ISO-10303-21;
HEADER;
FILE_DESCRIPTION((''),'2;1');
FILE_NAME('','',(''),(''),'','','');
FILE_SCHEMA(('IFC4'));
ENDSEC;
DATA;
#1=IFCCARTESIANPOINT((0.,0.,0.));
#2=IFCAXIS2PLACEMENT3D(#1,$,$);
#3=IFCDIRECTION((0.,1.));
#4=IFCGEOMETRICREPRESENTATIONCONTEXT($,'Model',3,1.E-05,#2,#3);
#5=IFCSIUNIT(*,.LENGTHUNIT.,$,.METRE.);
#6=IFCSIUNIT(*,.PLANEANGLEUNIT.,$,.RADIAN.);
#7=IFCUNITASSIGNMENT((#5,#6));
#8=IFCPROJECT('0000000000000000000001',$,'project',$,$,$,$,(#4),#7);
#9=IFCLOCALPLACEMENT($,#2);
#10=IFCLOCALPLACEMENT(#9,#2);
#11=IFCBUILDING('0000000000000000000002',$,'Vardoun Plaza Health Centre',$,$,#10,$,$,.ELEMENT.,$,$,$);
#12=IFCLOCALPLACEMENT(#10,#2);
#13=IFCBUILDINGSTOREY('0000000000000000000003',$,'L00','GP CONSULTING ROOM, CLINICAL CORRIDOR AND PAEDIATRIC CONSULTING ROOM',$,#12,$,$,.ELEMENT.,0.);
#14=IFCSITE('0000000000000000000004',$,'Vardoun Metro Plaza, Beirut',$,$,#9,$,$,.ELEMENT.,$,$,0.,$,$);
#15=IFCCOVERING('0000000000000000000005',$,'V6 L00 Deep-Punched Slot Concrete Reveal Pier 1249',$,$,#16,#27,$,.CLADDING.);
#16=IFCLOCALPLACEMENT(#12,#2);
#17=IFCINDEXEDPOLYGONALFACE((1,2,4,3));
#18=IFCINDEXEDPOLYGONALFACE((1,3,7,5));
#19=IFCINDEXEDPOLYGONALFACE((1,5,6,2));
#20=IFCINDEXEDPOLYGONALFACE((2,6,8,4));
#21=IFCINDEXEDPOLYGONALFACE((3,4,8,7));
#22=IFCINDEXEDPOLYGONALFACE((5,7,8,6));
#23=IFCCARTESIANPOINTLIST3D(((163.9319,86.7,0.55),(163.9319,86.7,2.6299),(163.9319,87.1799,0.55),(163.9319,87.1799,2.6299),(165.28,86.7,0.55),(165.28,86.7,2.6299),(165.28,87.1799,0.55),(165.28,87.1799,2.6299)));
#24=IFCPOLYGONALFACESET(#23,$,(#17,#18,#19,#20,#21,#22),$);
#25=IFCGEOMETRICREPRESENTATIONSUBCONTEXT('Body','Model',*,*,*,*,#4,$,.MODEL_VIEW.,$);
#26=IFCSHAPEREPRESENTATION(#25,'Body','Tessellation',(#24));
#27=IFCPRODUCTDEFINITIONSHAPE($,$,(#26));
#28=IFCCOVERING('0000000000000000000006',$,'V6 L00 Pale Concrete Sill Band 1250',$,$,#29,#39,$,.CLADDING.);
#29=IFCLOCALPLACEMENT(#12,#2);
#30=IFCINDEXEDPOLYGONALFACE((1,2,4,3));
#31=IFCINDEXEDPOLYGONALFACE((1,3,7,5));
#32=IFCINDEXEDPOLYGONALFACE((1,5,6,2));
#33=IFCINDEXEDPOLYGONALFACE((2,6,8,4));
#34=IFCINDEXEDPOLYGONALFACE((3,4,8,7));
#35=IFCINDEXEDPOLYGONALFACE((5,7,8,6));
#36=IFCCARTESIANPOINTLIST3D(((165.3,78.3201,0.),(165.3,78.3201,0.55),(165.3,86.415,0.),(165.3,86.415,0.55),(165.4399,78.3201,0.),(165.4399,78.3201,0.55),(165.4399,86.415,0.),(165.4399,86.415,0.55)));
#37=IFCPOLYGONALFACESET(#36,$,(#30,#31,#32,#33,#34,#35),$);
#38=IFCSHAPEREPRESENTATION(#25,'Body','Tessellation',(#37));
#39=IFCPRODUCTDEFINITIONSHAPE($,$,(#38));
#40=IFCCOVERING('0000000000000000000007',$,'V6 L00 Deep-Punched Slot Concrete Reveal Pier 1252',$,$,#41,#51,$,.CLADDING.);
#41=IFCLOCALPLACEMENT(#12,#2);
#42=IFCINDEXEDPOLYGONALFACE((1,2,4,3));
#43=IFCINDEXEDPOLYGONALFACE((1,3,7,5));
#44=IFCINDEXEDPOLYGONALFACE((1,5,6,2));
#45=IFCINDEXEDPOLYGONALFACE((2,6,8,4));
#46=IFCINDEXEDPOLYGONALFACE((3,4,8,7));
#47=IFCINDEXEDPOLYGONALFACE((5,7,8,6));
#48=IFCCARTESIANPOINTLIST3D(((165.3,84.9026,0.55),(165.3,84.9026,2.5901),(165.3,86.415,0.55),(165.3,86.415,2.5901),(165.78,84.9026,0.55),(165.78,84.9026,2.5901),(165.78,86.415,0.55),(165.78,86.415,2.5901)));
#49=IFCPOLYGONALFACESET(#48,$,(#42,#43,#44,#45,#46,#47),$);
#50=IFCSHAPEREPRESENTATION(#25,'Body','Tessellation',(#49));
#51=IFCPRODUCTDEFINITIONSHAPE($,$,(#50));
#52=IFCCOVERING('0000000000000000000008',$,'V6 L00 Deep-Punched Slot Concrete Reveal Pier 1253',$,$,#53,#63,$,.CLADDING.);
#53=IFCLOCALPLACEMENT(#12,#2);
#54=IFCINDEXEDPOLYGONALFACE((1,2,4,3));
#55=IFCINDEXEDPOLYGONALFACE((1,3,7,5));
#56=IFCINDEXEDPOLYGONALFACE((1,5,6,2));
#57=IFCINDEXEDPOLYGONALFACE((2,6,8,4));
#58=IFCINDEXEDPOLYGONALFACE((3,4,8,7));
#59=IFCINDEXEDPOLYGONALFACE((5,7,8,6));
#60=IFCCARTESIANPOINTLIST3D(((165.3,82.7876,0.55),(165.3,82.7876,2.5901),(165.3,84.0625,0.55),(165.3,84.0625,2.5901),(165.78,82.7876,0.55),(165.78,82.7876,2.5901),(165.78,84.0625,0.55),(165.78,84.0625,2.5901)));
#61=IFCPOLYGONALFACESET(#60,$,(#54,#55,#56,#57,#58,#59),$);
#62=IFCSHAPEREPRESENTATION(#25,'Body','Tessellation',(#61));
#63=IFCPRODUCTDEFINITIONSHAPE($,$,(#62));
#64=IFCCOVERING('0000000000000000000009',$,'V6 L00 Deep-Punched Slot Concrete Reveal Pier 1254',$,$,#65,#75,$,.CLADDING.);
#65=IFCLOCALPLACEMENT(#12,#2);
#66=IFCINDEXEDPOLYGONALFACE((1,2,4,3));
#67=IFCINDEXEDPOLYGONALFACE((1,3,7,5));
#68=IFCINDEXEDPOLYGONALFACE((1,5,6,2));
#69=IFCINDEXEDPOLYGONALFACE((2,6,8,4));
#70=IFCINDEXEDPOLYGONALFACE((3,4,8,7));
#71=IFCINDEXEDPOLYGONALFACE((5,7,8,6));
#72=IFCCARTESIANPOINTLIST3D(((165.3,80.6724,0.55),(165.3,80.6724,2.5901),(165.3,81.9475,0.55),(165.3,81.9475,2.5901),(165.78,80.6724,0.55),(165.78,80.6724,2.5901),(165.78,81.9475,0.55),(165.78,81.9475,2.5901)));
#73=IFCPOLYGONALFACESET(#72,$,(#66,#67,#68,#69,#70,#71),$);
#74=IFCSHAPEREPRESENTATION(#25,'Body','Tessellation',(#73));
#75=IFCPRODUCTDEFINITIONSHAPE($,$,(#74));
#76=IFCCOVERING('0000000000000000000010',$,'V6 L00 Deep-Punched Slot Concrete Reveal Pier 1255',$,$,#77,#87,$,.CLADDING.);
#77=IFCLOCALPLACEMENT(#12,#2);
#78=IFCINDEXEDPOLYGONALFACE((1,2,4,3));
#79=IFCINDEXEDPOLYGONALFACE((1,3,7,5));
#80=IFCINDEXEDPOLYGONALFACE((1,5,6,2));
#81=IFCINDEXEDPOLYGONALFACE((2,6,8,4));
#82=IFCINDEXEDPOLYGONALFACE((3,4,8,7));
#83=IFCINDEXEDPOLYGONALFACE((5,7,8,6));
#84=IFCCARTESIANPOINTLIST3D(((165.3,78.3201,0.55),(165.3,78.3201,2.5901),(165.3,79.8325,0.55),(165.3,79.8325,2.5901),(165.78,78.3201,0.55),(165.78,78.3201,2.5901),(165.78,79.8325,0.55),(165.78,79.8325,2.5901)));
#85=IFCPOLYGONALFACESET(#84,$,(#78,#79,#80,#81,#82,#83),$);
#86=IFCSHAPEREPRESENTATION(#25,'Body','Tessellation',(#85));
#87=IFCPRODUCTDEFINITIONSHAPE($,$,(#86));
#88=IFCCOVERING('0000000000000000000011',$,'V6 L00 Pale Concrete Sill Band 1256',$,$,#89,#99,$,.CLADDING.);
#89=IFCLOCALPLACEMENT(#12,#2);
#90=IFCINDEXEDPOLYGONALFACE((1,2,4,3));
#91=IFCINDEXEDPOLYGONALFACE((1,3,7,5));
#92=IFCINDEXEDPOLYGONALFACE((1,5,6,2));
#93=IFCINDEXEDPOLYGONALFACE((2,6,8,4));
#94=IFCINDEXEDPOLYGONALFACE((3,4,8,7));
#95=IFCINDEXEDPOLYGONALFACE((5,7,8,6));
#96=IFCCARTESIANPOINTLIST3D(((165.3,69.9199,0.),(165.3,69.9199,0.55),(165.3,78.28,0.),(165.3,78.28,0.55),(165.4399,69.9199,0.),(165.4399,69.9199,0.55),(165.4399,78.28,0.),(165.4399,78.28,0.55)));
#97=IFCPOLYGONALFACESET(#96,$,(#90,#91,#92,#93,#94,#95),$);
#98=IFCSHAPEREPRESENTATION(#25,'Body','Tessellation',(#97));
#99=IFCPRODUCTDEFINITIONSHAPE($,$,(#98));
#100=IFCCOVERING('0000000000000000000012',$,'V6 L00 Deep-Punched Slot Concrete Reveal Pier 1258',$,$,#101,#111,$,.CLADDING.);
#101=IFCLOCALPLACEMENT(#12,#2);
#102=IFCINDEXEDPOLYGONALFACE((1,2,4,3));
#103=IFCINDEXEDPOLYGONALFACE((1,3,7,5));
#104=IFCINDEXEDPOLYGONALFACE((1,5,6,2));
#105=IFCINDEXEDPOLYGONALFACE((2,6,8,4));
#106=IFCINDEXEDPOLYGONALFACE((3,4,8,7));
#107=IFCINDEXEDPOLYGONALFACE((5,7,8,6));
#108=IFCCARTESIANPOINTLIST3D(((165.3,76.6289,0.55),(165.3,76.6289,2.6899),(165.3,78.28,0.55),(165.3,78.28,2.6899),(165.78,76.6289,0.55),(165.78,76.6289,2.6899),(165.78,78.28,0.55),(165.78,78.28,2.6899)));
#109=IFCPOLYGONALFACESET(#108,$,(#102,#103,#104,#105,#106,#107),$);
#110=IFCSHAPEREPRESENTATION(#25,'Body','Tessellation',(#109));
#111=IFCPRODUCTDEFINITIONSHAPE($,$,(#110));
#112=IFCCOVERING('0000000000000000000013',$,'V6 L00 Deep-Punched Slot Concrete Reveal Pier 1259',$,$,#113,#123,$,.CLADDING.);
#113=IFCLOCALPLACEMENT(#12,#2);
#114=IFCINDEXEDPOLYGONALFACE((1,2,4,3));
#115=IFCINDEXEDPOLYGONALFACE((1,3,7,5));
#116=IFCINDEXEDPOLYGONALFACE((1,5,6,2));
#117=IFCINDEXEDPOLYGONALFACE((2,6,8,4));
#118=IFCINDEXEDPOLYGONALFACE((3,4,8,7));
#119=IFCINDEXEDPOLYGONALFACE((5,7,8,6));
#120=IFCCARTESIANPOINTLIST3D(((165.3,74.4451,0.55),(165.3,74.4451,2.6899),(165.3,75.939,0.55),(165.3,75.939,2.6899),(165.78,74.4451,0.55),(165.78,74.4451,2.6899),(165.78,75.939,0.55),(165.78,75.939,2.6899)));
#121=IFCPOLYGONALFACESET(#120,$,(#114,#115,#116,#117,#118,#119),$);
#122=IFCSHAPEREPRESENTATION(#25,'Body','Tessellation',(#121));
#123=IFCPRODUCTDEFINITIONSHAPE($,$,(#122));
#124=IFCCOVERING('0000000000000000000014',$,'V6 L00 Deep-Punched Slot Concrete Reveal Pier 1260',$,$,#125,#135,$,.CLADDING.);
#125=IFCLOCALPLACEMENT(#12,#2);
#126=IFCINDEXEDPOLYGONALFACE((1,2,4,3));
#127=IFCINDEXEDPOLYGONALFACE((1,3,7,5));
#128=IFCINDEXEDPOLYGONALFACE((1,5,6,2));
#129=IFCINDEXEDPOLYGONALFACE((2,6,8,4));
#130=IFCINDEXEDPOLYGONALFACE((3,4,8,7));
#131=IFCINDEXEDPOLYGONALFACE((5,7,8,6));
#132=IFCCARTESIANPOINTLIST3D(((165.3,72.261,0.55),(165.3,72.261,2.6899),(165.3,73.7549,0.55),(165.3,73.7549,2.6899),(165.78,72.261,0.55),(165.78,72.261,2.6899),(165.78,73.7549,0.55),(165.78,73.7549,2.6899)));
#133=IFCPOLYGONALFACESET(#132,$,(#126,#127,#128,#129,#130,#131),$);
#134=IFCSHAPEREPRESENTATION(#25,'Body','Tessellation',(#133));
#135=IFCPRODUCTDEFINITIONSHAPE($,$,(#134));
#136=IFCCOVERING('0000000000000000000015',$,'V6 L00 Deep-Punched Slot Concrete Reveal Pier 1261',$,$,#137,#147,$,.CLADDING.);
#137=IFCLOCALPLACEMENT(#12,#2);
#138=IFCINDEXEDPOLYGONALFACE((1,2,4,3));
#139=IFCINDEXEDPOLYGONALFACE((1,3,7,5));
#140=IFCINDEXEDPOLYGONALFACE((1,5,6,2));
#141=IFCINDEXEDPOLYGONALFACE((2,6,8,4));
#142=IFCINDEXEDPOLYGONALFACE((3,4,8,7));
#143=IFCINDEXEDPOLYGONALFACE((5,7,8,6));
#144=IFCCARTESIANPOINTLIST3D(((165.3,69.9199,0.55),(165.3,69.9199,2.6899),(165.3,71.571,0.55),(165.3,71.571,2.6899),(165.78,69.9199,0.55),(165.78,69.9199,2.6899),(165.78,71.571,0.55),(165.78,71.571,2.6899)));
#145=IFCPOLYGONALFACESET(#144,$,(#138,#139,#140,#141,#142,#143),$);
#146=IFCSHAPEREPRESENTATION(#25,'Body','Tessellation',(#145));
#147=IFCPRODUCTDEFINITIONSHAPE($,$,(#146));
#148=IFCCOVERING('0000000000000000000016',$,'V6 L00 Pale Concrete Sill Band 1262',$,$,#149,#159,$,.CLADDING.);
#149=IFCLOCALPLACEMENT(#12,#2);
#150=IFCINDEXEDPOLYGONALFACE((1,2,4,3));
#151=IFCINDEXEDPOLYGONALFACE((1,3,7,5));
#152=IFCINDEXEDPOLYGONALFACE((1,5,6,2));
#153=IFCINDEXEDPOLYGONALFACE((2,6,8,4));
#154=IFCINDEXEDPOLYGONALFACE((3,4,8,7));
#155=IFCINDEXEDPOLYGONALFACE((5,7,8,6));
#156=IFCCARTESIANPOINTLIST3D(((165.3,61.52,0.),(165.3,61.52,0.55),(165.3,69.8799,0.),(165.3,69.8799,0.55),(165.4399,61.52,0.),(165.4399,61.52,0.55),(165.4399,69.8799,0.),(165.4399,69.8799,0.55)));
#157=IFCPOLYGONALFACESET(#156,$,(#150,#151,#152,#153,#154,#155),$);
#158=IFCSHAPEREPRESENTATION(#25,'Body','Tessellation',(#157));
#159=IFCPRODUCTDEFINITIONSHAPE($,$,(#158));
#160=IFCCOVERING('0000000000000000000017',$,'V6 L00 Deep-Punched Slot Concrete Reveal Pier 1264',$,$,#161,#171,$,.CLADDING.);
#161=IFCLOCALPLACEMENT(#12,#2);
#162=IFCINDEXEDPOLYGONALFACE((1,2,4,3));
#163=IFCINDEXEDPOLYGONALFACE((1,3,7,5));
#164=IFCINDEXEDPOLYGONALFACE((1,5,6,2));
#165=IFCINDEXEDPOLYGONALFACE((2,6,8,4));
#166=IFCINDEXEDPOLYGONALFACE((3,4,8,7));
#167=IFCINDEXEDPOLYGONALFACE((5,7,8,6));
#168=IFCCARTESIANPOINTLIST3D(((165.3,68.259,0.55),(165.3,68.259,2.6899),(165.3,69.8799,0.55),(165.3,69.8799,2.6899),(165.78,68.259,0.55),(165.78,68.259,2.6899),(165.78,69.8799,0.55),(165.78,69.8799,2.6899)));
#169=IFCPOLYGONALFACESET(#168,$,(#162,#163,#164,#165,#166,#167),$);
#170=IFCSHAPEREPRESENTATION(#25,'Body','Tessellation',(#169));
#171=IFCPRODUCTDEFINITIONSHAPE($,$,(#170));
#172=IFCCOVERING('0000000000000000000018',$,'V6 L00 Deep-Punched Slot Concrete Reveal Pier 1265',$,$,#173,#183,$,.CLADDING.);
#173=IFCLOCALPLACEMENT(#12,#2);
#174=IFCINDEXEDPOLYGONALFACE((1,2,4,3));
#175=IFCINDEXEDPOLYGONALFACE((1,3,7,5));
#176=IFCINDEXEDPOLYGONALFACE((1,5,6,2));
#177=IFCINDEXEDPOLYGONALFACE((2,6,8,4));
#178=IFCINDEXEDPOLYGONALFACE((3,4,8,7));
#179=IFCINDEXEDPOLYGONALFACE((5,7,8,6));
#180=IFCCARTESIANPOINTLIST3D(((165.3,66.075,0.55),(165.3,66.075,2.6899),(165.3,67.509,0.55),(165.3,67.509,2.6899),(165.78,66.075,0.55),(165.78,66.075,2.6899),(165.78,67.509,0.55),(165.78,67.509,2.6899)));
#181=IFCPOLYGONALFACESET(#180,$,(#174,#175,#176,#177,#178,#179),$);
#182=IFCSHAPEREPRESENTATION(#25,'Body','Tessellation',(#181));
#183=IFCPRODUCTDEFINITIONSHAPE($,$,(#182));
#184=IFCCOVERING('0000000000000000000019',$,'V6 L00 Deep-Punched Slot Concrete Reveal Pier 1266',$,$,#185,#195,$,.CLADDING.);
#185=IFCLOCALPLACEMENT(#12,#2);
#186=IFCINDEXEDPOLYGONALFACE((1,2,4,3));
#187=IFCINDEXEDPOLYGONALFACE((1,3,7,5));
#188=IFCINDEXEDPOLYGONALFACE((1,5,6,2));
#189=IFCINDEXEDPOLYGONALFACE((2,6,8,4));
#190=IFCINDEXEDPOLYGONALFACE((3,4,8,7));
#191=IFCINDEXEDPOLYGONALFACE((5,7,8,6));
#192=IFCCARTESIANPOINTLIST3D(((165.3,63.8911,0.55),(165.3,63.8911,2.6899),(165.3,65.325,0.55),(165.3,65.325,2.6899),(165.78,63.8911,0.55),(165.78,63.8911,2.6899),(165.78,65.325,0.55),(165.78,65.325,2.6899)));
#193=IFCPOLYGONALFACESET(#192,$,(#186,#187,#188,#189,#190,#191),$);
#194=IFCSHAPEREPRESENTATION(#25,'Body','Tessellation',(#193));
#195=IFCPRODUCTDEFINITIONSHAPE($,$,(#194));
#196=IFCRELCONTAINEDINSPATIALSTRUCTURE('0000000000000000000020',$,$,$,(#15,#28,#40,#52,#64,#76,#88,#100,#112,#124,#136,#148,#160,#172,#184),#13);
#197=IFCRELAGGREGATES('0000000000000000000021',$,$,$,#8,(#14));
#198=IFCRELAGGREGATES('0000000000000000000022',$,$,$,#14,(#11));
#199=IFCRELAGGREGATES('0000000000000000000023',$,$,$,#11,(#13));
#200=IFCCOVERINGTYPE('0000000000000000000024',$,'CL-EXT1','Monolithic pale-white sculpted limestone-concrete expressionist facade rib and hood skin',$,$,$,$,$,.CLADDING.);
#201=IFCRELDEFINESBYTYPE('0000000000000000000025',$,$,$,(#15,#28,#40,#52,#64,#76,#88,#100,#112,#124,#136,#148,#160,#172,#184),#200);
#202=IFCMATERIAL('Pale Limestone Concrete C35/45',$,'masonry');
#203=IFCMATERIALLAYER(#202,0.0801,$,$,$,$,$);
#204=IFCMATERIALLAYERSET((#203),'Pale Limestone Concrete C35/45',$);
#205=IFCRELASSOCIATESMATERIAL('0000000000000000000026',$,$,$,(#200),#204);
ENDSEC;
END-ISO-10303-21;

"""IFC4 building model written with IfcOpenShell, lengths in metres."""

from ifc_helpers import new_model, si_unit, direction, frame, origin, place, context, subcontext, project, spatial, polyline, outline, extrude, material, layer, layer_set, type_object, element, save


model = new_model("IFC4")

# Units and contexts
model_context = context("Model", 3, precision=1e-05, world=origin(), true_north=direction((0.0, 1.0)))
body_context = subcontext(model_context, "Body", "Model", "MODEL_VIEW")
ifc_project = project(units=[si_unit("LENGTHUNIT", "METRE"), si_unit("PLANEANGLEUNIT", "RADIAN")], contexts=[model_context])

# Site, building, storey
site_placement = place(None, origin())
site = spatial("IfcSite", under=ifc_project, at=site_placement, Name="Vardoun Metro Plaza, Beirut", CompositionType="ELEMENT", RefElevation=0.0)
building_placement = place(site_placement, origin())
building = spatial("IfcBuilding", under=site, at=building_placement, Name="Vardoun Plaza Health Centre", CompositionType="ELEMENT")
storey_placement = place(building_placement, origin())
storey = spatial("IfcBuildingStorey", under=building, at=storey_placement, Name="L00", Description="GP CONSULTING ROOM, CLINICAL CORRIDOR AND PAEDIATRIC CONSULTING ROOM", CompositionType="ELEMENT", Elevation=0.0)

# Coverings
ifc_material_1 = material(Name="Pale Limestone Concrete C35/45", Category="masonry")
ifc_layer_1 = layer(ifc_material_1, 0.0801)
ifc_layer_set_1 = layer_set([ifc_layer_1], Name="Pale Limestone Concrete C35/45")
covering_type_1 = type_object("IfcCoveringType", Name="CL-EXT1", Description="Monolithic pale-white sculpted limestone-concrete expressionist facade rib and hood skin", PredefinedType="CLADDING", material=ifc_layer_set_1)
covering_1_placement = place(storey_placement, frame((0.0, 0.0, 0.55)))
element("IfcCovering", 1, at=covering_1_placement, inside=storey, type_object=covering_type_1, Name="V6 L00 Deep-Punched Slot Concrete Reveal Pier 1249", PredefinedType="CLADDING", context=body_context, shape_type="SweptSolid", body=[
    extrude(outline(polyline([(163.9319, 86.7), (165.28, 86.7), (165.28, 87.1799), (163.9319, 87.1799), (163.9319, 86.7)])), origin(), (0.0, 0.0, 1.0), 2.0798),
])
covering_2_placement = place(storey_placement, origin())
element("IfcCovering", 2, at=covering_2_placement, inside=storey, type_object=covering_type_1, Name="V6 L00 Pale Concrete Sill Band 1250", PredefinedType="CLADDING", context=body_context, shape_type="SweptSolid", body=[
    extrude(outline(polyline([(165.3, 86.415), (165.3, 78.3201), (165.4399, 78.3201), (165.4399, 86.415), (165.3, 86.415)])), origin(), (0.0, 0.0, 1.0), 0.55),
])
covering_3_placement = place(storey_placement, frame((0.0, 0.0, 0.55)))
element("IfcCovering", 3, at=covering_3_placement, inside=storey, type_object=covering_type_1, Name="V6 L00 Deep-Punched Slot Concrete Reveal Pier 1252", PredefinedType="CLADDING", context=body_context, shape_type="SweptSolid", body=[
    extrude(outline(polyline([(165.3, 86.415), (165.3, 84.9026), (165.78, 84.9026), (165.78, 86.415), (165.3, 86.415)])), origin(), (0.0, 0.0, 1.0), 2.04),
])
covering_4_placement = place(storey_placement, frame((0.0, 0.0, 0.55)))
element("IfcCovering", 4, at=covering_4_placement, inside=storey, type_object=covering_type_1, Name="V6 L00 Deep-Punched Slot Concrete Reveal Pier 1253", PredefinedType="CLADDING", context=body_context, shape_type="SweptSolid", body=[
    extrude(outline(polyline([(165.3, 84.0625), (165.3, 82.7876), (165.78, 82.7876), (165.78, 84.0625), (165.3, 84.0625)])), origin(), (0.0, 0.0, 1.0), 2.04),
])
covering_5_placement = place(storey_placement, frame((0.0, 0.0, 0.55)))
element("IfcCovering", 5, at=covering_5_placement, inside=storey, type_object=covering_type_1, Name="V6 L00 Deep-Punched Slot Concrete Reveal Pier 1254", PredefinedType="CLADDING", context=body_context, shape_type="SweptSolid", body=[
    extrude(outline(polyline([(165.3, 81.9475), (165.3, 80.6724), (165.78, 80.6724), (165.78, 81.9475), (165.3, 81.9475)])), origin(), (0.0, 0.0, 1.0), 2.04),
])
covering_6_placement = place(storey_placement, frame((0.0, 0.0, 0.55)))
element("IfcCovering", 6, at=covering_6_placement, inside=storey, type_object=covering_type_1, Name="V6 L00 Deep-Punched Slot Concrete Reveal Pier 1255", PredefinedType="CLADDING", context=body_context, shape_type="SweptSolid", body=[
    extrude(outline(polyline([(165.3, 79.8325), (165.3, 78.3201), (165.78, 78.3201), (165.78, 79.8325), (165.3, 79.8325)])), origin(), (0.0, 0.0, 1.0), 2.04),
])
covering_7_placement = place(storey_placement, origin())
element("IfcCovering", 7, at=covering_7_placement, inside=storey, type_object=covering_type_1, Name="V6 L00 Pale Concrete Sill Band 1256", PredefinedType="CLADDING", context=body_context, shape_type="SweptSolid", body=[
    extrude(outline(polyline([(165.3, 78.28), (165.3, 69.9199), (165.4399, 69.9199), (165.4399, 78.28), (165.3, 78.28)])), origin(), (0.0, 0.0, 1.0), 0.55),
])
covering_8_placement = place(storey_placement, frame((0.0, 0.0, 0.55)))
element("IfcCovering", 8, at=covering_8_placement, inside=storey, type_object=covering_type_1, Name="V6 L00 Deep-Punched Slot Concrete Reveal Pier 1258", PredefinedType="CLADDING", context=body_context, shape_type="SweptSolid", body=[
    extrude(outline(polyline([(165.3, 78.28), (165.3, 76.6289), (165.78, 76.6289), (165.78, 78.28), (165.3, 78.28)])), origin(), (0.0, 0.0, 1.0), 2.1399),
])
covering_9_placement = place(storey_placement, frame((0.0, 0.0, 0.55)))
element("IfcCovering", 9, at=covering_9_placement, inside=storey, type_object=covering_type_1, Name="V6 L00 Deep-Punched Slot Concrete Reveal Pier 1259", PredefinedType="CLADDING", context=body_context, shape_type="SweptSolid", body=[
    extrude(outline(polyline([(165.3, 75.939), (165.3, 74.4451), (165.78, 74.4451), (165.78, 75.939), (165.3, 75.939)])), origin(), (0.0, 0.0, 1.0), 2.1399),
])
covering_10_placement = place(storey_placement, frame((0.0, 0.0, 0.55)))
element("IfcCovering", 10, at=covering_10_placement, inside=storey, type_object=covering_type_1, Name="V6 L00 Deep-Punched Slot Concrete Reveal Pier 1260", PredefinedType="CLADDING", context=body_context, shape_type="SweptSolid", body=[
    extrude(outline(polyline([(165.3, 73.7549), (165.3, 72.261), (165.78, 72.261), (165.78, 73.7549), (165.3, 73.7549)])), origin(), (0.0, 0.0, 1.0), 2.1399),
])
covering_11_placement = place(storey_placement, frame((0.0, 0.0, 0.55)))
element("IfcCovering", 11, at=covering_11_placement, inside=storey, type_object=covering_type_1, Name="V6 L00 Deep-Punched Slot Concrete Reveal Pier 1261", PredefinedType="CLADDING", context=body_context, shape_type="SweptSolid", body=[
    extrude(outline(polyline([(165.3, 71.571), (165.3, 69.9199), (165.78, 69.9199), (165.78, 71.571), (165.3, 71.571)])), origin(), (0.0, 0.0, 1.0), 2.1399),
])
covering_12_placement = place(storey_placement, origin())
element("IfcCovering", 12, at=covering_12_placement, inside=storey, type_object=covering_type_1, Name="V6 L00 Pale Concrete Sill Band 1262", PredefinedType="CLADDING", context=body_context, shape_type="SweptSolid", body=[
    extrude(outline(polyline([(165.3, 69.8799), (165.3, 61.52), (165.4399, 61.52), (165.4399, 69.8799), (165.3, 69.8799)])), origin(), (0.0, 0.0, 1.0), 0.55),
])
covering_13_placement = place(storey_placement, frame((0.0, 0.0, 0.55)))
element("IfcCovering", 13, at=covering_13_placement, inside=storey, type_object=covering_type_1, Name="V6 L00 Deep-Punched Slot Concrete Reveal Pier 1264", PredefinedType="CLADDING", context=body_context, shape_type="SweptSolid", body=[
    extrude(outline(polyline([(165.3, 69.8799), (165.3, 68.259), (165.78, 68.259), (165.78, 69.8799), (165.3, 69.8799)])), origin(), (0.0, 0.0, 1.0), 2.1399),
])
covering_14_placement = place(storey_placement, frame((0.0, 0.0, 0.55)))
element("IfcCovering", 14, at=covering_14_placement, inside=storey, type_object=covering_type_1, Name="V6 L00 Deep-Punched Slot Concrete Reveal Pier 1265", PredefinedType="CLADDING", context=body_context, shape_type="SweptSolid", body=[
    extrude(outline(polyline([(165.3, 67.509), (165.3, 66.075), (165.78, 66.075), (165.78, 67.509), (165.3, 67.509)])), origin(), (0.0, 0.0, 1.0), 2.1399),
])
covering_15_placement = place(storey_placement, frame((0.0, 0.0, 0.55)))
element("IfcCovering", 15, at=covering_15_placement, inside=storey, type_object=covering_type_1, Name="V6 L00 Deep-Punched Slot Concrete Reveal Pier 1266", PredefinedType="CLADDING", context=body_context, shape_type="SweptSolid", body=[
    extrude(outline(polyline([(165.3, 65.325), (165.3, 63.8911), (165.78, 63.8911), (165.78, 65.325), (165.3, 65.325)])), origin(), (0.0, 0.0, 1.0), 2.1399),
])

save(model, "model.ifc")
